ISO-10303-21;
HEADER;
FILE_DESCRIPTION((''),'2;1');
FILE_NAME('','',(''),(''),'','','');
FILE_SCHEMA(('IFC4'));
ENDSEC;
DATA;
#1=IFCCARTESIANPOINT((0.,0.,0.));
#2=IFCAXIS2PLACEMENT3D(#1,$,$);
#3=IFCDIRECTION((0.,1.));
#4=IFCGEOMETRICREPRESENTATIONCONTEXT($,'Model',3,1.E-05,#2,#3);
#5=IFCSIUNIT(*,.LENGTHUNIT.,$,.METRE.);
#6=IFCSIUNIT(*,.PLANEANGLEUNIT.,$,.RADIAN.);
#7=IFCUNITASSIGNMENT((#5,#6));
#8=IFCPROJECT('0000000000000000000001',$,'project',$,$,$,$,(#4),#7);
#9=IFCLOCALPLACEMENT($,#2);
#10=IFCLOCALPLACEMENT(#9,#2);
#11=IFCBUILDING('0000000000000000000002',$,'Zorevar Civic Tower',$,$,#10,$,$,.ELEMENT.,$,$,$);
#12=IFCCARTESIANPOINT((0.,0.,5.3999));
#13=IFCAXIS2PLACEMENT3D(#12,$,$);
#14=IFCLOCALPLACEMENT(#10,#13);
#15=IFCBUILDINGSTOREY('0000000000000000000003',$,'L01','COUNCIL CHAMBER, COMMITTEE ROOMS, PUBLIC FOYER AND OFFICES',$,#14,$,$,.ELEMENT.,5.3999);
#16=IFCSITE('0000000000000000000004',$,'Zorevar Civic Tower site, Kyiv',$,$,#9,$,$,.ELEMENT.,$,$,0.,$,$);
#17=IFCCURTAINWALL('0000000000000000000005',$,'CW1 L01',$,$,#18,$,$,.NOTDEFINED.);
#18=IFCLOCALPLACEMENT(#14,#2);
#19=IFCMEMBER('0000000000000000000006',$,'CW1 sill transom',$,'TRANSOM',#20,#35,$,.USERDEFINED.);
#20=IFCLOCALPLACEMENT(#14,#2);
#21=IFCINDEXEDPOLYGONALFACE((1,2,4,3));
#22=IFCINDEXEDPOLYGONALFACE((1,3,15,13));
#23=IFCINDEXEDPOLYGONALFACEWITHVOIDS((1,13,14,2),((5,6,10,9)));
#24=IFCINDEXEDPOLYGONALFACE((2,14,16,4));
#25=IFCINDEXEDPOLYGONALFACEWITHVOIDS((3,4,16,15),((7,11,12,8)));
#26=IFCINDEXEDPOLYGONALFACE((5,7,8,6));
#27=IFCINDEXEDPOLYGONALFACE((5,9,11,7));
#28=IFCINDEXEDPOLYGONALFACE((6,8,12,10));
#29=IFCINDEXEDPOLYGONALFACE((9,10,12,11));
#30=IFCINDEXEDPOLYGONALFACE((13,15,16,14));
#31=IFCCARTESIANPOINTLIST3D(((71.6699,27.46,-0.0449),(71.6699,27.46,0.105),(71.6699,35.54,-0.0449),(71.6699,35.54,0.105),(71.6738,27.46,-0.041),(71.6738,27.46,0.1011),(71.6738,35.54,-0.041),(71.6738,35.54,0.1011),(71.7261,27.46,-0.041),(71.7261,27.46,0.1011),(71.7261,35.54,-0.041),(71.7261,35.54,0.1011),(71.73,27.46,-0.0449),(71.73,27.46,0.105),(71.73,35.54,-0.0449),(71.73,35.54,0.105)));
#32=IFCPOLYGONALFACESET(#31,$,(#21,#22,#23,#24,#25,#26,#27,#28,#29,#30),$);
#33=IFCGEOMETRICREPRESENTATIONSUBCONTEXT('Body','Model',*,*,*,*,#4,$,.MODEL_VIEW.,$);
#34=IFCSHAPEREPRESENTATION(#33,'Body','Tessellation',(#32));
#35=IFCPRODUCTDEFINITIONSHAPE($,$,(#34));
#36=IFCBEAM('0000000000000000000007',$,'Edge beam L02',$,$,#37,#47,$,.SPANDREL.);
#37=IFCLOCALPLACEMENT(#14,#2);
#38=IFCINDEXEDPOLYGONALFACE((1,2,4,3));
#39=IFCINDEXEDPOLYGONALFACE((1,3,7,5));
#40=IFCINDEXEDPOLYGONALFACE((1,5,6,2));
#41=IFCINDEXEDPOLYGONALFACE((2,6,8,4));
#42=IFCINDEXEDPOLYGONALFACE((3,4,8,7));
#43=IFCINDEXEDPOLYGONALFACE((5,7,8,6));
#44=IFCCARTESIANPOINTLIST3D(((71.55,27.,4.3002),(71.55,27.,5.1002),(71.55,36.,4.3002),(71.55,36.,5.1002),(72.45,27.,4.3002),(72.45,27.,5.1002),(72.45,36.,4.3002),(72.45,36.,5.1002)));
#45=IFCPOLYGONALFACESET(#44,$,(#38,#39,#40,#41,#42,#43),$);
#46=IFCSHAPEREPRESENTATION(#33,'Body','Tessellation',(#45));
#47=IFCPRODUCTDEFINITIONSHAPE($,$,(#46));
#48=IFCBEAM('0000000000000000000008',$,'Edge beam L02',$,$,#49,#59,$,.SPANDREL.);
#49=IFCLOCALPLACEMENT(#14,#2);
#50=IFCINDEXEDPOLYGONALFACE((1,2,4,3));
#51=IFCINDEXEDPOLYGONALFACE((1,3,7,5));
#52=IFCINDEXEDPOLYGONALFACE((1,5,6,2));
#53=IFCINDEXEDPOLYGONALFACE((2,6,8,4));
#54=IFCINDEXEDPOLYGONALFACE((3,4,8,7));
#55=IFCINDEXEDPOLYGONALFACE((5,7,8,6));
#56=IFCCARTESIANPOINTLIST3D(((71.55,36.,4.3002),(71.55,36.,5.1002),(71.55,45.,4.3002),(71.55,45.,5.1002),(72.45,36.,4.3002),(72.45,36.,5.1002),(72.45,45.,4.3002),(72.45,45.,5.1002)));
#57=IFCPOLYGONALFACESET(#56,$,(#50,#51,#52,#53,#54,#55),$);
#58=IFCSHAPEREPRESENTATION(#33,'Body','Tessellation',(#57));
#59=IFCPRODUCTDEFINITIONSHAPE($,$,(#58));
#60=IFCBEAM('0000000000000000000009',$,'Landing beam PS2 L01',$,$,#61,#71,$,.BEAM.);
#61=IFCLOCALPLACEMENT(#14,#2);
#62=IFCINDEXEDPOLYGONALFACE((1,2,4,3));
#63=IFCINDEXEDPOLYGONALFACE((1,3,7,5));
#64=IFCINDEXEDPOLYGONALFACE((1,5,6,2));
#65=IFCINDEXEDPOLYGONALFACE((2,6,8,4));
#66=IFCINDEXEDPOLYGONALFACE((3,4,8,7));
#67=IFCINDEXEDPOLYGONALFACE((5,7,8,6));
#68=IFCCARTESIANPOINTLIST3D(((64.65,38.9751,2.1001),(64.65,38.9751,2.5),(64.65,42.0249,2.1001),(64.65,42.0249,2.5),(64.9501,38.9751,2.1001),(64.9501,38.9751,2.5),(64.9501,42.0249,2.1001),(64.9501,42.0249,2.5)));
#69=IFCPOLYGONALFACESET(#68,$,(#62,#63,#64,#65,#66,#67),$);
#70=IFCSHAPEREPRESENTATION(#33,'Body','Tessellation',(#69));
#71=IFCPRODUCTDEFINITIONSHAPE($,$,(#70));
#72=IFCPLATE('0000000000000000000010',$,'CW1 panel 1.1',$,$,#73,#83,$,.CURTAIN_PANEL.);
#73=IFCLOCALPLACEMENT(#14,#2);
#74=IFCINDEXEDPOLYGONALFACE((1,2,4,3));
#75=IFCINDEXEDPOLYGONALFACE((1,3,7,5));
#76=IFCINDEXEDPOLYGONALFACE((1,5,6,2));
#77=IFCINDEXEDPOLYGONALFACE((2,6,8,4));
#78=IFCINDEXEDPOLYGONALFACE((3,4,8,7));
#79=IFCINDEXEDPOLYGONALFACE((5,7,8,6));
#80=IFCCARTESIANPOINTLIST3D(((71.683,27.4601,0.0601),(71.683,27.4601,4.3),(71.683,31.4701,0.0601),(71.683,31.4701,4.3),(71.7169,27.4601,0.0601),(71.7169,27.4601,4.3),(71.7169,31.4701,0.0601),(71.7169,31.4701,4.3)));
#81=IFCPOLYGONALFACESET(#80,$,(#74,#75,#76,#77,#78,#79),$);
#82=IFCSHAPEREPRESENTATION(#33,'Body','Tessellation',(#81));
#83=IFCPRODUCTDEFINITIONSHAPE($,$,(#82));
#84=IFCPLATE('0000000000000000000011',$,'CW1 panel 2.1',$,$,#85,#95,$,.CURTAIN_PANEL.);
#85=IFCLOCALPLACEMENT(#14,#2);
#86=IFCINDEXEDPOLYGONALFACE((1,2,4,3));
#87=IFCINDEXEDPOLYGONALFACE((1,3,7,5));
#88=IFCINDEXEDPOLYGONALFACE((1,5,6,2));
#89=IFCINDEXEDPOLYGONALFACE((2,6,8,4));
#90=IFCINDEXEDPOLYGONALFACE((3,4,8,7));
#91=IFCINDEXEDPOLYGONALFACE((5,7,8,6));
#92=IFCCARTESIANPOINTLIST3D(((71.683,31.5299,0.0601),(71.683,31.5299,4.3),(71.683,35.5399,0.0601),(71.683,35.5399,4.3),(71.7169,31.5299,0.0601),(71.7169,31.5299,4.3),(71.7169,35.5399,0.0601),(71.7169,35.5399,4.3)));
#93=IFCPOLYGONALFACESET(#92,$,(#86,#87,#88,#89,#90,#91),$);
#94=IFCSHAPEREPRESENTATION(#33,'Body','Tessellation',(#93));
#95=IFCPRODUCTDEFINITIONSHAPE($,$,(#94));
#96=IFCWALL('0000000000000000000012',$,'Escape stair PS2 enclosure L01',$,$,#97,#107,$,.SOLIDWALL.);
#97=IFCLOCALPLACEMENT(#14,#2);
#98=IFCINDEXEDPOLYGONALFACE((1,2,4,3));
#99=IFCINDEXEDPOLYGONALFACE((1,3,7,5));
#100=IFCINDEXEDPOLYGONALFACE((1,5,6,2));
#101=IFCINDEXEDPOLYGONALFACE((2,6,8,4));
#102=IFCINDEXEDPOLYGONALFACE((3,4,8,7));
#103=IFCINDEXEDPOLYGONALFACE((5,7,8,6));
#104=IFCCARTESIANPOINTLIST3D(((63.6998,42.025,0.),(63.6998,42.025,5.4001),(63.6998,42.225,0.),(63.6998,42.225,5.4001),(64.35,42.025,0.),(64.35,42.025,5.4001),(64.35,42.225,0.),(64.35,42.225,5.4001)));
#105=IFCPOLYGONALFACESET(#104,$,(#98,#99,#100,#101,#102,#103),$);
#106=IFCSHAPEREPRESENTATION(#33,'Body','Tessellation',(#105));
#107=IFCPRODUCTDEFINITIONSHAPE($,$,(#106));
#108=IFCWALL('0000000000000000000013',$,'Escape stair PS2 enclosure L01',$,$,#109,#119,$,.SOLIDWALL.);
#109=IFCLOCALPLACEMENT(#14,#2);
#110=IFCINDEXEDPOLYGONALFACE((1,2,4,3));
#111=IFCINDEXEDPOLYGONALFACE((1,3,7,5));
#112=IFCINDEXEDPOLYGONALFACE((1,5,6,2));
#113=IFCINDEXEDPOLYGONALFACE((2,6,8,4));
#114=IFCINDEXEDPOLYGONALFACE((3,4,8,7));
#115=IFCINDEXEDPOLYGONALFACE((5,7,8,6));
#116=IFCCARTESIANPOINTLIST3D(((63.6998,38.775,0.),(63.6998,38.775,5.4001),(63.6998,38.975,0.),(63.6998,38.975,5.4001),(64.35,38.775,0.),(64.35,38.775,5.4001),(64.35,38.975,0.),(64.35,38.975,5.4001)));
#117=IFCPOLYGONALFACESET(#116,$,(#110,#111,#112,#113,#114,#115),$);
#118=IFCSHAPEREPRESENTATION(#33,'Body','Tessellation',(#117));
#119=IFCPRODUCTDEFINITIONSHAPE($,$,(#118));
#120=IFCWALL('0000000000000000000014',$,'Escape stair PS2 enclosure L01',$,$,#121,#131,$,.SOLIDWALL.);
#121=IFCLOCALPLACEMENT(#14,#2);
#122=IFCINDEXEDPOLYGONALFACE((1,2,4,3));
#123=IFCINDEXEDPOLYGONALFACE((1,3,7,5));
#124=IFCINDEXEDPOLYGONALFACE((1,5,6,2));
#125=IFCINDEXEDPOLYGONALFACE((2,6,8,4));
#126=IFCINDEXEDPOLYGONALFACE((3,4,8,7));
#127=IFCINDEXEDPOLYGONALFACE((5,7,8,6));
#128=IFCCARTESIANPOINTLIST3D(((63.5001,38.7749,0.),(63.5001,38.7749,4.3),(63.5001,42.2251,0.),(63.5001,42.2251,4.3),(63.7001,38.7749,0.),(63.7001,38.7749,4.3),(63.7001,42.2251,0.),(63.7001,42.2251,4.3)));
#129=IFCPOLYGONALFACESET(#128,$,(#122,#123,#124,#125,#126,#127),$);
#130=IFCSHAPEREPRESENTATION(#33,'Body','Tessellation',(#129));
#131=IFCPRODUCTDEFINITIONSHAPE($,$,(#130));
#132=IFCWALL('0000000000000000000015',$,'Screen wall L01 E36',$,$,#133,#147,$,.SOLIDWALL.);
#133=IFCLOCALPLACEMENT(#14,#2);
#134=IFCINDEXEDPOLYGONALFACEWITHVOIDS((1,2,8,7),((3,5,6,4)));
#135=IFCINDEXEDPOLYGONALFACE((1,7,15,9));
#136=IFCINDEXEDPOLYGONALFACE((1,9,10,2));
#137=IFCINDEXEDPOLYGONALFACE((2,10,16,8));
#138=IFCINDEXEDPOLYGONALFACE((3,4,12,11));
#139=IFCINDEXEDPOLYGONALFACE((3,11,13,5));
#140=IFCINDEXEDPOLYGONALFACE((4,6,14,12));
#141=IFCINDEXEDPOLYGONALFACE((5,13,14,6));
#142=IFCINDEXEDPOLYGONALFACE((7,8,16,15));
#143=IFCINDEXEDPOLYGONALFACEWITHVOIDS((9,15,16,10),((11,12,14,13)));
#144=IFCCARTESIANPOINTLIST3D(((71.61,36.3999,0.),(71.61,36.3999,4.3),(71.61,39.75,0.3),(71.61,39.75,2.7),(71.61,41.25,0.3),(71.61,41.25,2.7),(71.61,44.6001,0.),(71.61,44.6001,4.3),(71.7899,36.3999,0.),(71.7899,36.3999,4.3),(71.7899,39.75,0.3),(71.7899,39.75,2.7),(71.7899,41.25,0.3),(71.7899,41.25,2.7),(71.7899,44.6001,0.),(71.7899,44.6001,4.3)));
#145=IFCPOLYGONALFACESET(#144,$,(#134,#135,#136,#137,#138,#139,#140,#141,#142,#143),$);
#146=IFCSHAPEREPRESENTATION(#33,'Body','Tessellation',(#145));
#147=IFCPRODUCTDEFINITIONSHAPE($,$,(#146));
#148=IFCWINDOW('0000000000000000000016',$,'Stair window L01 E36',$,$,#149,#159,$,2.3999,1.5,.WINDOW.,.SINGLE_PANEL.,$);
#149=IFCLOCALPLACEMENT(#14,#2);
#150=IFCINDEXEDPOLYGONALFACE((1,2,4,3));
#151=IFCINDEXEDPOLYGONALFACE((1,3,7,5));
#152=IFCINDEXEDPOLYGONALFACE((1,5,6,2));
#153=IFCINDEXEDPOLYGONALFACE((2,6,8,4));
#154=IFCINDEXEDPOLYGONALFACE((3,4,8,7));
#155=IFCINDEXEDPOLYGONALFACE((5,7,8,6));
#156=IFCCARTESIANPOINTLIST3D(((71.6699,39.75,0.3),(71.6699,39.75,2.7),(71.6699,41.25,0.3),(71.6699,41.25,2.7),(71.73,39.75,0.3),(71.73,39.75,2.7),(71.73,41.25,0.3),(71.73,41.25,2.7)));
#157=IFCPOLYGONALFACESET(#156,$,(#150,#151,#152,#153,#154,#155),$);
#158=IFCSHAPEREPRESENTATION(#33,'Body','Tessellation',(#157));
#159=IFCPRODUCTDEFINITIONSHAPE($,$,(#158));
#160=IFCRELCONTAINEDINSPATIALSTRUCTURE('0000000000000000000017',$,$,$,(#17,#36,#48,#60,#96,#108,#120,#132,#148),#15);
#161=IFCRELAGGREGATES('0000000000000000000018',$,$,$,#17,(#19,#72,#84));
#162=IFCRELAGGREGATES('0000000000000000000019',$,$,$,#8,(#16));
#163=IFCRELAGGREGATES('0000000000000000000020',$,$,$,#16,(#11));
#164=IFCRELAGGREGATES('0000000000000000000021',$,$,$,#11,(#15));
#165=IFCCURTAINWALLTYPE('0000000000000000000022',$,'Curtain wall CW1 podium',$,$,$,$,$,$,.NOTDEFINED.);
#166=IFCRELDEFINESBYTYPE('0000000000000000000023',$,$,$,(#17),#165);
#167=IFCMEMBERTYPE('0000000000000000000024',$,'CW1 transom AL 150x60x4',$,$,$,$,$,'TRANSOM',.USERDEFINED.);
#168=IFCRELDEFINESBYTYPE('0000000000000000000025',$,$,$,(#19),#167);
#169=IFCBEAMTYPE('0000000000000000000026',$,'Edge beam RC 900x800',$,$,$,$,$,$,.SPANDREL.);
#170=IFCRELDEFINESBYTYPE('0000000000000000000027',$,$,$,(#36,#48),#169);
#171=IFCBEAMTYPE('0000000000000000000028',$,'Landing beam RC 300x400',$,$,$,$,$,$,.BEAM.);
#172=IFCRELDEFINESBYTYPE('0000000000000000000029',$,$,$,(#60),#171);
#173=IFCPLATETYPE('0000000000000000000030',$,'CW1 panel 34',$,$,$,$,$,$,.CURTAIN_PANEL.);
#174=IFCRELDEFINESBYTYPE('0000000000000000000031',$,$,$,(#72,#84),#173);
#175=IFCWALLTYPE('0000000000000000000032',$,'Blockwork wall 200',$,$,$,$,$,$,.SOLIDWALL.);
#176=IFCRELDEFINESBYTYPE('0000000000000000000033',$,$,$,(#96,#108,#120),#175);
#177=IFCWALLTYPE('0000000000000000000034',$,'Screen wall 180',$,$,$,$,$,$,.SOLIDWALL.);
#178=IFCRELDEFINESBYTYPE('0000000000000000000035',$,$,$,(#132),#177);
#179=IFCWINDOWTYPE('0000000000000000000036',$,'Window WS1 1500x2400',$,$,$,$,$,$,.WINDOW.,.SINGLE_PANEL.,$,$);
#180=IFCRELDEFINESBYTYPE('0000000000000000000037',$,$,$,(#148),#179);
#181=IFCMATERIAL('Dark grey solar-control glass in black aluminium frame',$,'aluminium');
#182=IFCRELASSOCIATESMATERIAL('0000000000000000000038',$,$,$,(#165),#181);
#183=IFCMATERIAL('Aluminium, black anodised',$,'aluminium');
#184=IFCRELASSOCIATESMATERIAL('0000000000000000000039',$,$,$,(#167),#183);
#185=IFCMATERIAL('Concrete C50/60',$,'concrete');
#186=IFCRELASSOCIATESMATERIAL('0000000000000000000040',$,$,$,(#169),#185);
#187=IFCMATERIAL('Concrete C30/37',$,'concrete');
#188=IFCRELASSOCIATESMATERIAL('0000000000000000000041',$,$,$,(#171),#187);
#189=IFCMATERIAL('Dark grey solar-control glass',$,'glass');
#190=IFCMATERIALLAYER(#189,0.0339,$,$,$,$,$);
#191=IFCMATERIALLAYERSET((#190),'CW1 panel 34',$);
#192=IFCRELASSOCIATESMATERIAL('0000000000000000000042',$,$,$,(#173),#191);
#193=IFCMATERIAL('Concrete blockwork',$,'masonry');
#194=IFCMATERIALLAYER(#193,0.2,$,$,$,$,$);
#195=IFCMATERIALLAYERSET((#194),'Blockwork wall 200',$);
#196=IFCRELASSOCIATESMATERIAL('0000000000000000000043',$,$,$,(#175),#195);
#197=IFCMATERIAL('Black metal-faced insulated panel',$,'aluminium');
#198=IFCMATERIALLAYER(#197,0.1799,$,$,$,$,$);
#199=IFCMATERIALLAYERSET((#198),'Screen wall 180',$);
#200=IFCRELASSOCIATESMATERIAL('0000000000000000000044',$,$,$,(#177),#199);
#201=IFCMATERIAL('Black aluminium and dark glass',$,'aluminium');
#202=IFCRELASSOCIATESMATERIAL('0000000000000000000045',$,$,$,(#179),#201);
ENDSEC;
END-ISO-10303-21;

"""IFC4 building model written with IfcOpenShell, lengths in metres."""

from ifc_helpers import new_model, si_unit, direction, frame, frame_2d, origin, origin_2d, place, context, subcontext, project, spatial, rectangle, hollow_rectangle, extrude, material, layer, layer_set, material_profile, profile_set, type_object, element, fill, aggregate, save


model = new_model("IFC4")

# Units and contexts
model_context = context("Model", 3, precision=1e-05, world=origin(), true_north=direction((0.0, 1.0)))
body_context = subcontext(model_context, "Body", "Model", "MODEL_VIEW")
ifc_project = project(units=[si_unit("LENGTHUNIT", "METRE"), si_unit("PLANEANGLEUNIT", "RADIAN")], contexts=[model_context])

# Site, building, storey
site_placement = place(None, origin())
site = spatial("IfcSite", under=ifc_project, at=site_placement, Name="Zorevar Civic Tower site, Kyiv", CompositionType="ELEMENT", RefElevation=0.0)
building_placement = place(site_placement, origin())
building = spatial("IfcBuilding", under=site, at=building_placement, Name="Zorevar Civic Tower", CompositionType="ELEMENT")
storey_placement = place(building_placement, frame((0.0, 0.0, 5.3999)))
storey = spatial("IfcBuildingStorey", under=building, at=storey_placement, Name="L01", Description="COUNCIL CHAMBER, COMMITTEE ROOMS, PUBLIC FOYER AND OFFICES", CompositionType="ELEMENT", Elevation=5.3999)

# Curtain wall, member
ifc_material_1 = material(Name="Dark grey solar-control glass in black aluminium frame", Category="aluminium")
curtain_wall_type = type_object("IfcCurtainWallType", Name="Curtain wall CW1 podium", PredefinedType="NOTDEFINED", material=ifc_material_1)
curtain_wall_placement = place(storey_placement, origin())
curtain_wall = element("IfcCurtainWall", 1, at=curtain_wall_placement, inside=storey, type_object=curtain_wall_type, Name="CW1 L01", PredefinedType="NOTDEFINED")
ifc_material_2 = material(Name="Aluminium, black anodised", Category="aluminium")
ifc_material_profile_1 = material_profile(ifc_material_2, hollow_rectangle(XDim=0.0601, YDim=0.1499, WallThickness=0.0039, at=origin_2d()), Name="AL 150x60x4")
ifc_profile_set_1 = profile_set([ifc_material_profile_1], Name="Aluminium, black anodised")
member_type_1 = type_object("IfcMemberType", Name="CW1 transom AL 150x60x4", ElementType="TRANSOM", PredefinedType="USERDEFINED", material=ifc_profile_set_1)
member_1_placement = place(storey_placement, frame((71.7, 27.46, 0.03), z_axis=(0.0, 1.0, 0.0), x_axis=(-1.0, 0.0, 0.0)))
member_1 = element("IfcMember", 2, at=member_1_placement, type_object=member_type_1, Name="CW1 sill transom", ObjectType="TRANSOM", PredefinedType="USERDEFINED", context=body_context, shape_type="SweptSolid", body=[
    extrude(hollow_rectangle(XDim=0.0601, YDim=0.1499, WallThickness=0.0039, at=origin_2d()), origin(), (0.0, 0.0, 1.0), 8.0801),
])

# Beams
ifc_material_3 = material(Name="Concrete C50/60", Category="concrete")
ifc_material_profile_2 = material_profile(ifc_material_3, rectangle(XDim=0.8999, YDim=0.8, at=origin_2d()), Name="RC 900x800")
ifc_profile_set_2 = profile_set([ifc_material_profile_2], Name="Concrete C50/60")
beam_type_1 = type_object("IfcBeamType", Name="Edge beam RC 900x800", PredefinedType="SPANDREL", material=ifc_profile_set_2)
for number, where, z_axis, x_axis, name in (
    (3, (72.0, 27.0, 4.7002), (0.0, 1.0, 0.0), (-1.0, 0.0, 0.0), "Edge beam L02"),
    (4, (72.0, 36.0, 4.7002), (0.0, 1.0, 0.0), (-1.0, 0.0, 0.0), "Edge beam L02"),
):
    element("IfcBeam", number, at=place(storey_placement, frame(where, z_axis=z_axis, x_axis=x_axis)), inside=storey, type_object=beam_type_1, Name=name, PredefinedType="SPANDREL", context=body_context, shape_type="SweptSolid", body=[
        extrude(rectangle(XDim=0.8999, YDim=0.8, at=origin_2d()), origin(), (0.0, 0.0, 1.0), 9.0),
    ])
ifc_material_4 = material(Name="Concrete C30/37", Category="concrete")
ifc_material_profile_3 = material_profile(ifc_material_4, rectangle(XDim=0.3, YDim=0.3999, at=origin_2d()), Name="RC 300x400")
ifc_profile_set_3 = profile_set([ifc_material_profile_3], Name="Concrete C30/37")
beam_type_2 = type_object("IfcBeamType", Name="Landing beam RC 300x400", PredefinedType="BEAM", material=ifc_profile_set_3)
beam_1_placement = place(storey_placement, frame((64.8, 42.0249, 2.3), z_axis=(0.0, -1.0, 0.0), x_axis=(1.0, 0.0, 0.0)))
element("IfcBeam", 5, at=beam_1_placement, inside=storey, type_object=beam_type_2, Name="Landing beam PS2 L01", PredefinedType="BEAM", context=body_context, shape_type="SweptSolid", body=[
    extrude(rectangle(XDim=0.3, YDim=0.3999, at=origin_2d()), origin(), (0.0, 0.0, 1.0), 3.0498),
])

# Plates
ifc_material_5 = material(Name="Dark grey solar-control glass", Category="glass")
ifc_layer_1 = layer(ifc_material_5, 0.0339)
ifc_layer_set_1 = layer_set([ifc_layer_1], Name="CW1 panel 34")
plate_type = type_object("IfcPlateType", Name="CW1 panel 34", PredefinedType="CURTAIN_PANEL", material=ifc_layer_set_1)
plate_1_placement = place(storey_placement, frame((71.7, 29.4651, 0.0601), z_axis=(0.0, 0.0, 1.0), x_axis=(0.0, 1.0, 0.0)))
plate_1 = element("IfcPlate", 6, at=plate_1_placement, type_object=plate_type, Name="CW1 panel 1.1", PredefinedType="CURTAIN_PANEL", context=body_context, shape_type="SweptSolid", body=[
    extrude(rectangle(XDim=4.01, YDim=0.0339, at=origin_2d()), origin(), (0.0, 0.0, 1.0), 4.24),
])
plate_2_placement = place(storey_placement, frame((71.7, 33.5349, 0.0601), z_axis=(0.0, 0.0, 1.0), x_axis=(0.0, 1.0, 0.0)))
plate_2 = element("IfcPlate", 7, at=plate_2_placement, type_object=plate_type, Name="CW1 panel 2.1", PredefinedType="CURTAIN_PANEL", context=body_context, shape_type="SweptSolid", body=[
    extrude(rectangle(XDim=4.01, YDim=0.0339, at=origin_2d()), origin(), (0.0, 0.0, 1.0), 4.24),
])
aggregate(curtain_wall, [member_1, plate_1, plate_2])

# Walls
ifc_material_6 = material(Name="Concrete blockwork", Category="masonry")
ifc_layer_2 = layer(ifc_material_6, 0.2)
ifc_layer_set_2 = layer_set([ifc_layer_2], Name="Blockwork wall 200")
wall_type_1 = type_object("IfcWallType", Name="Blockwork wall 200", PredefinedType="SOLIDWALL", material=ifc_layer_set_2)
for number, where, z_axis, x_axis, name in (
    (8, (64.3501, 42.125, 0.0), (0.0, 0.0, 1.0), (-1.0, 0.0, 0.0), "Escape stair PS2 enclosure L01"),
    (9, (64.3501, 38.875, 0.0), (0.0, 0.0, 1.0), (-1.0, 0.0, 0.0), "Escape stair PS2 enclosure L01"),
):
    element("IfcWall", number, at=place(storey_placement, frame(where, z_axis=z_axis, x_axis=x_axis)), inside=storey, type_object=wall_type_1, Name=name, PredefinedType="SOLIDWALL", context=body_context, shape_type="SweptSolid", body=[
        extrude(rectangle(XDim=0.6501, YDim=0.2, at=frame_2d((0.3252, 0.0))), origin(), (0.0, 0.0, 1.0), 5.4001),
    ])
wall_1_placement = place(storey_placement, frame((63.6001, 42.2251, 0.0), z_axis=(0.0, 0.0, 1.0), x_axis=(0.0, -1.0, 0.0)))
element("IfcWall", 10, at=wall_1_placement, inside=storey, type_object=wall_type_1, Name="Escape stair PS2 enclosure L01", PredefinedType="SOLIDWALL", context=body_context, shape_type="SweptSolid", body=[
    extrude(rectangle(XDim=3.4502, YDim=0.2, at=frame_2d((1.7251, 0.0))), origin(), (0.0, 0.0, 1.0), 4.3),
])

# Wall, opening, window
ifc_material_7 = material(Name="Black metal-faced insulated panel", Category="aluminium")
ifc_layer_3 = layer(ifc_material_7, 0.1799)
ifc_layer_set_3 = layer_set([ifc_layer_3], Name="Screen wall 180")
wall_type_2 = type_object("IfcWallType", Name="Screen wall 180", PredefinedType="SOLIDWALL", material=ifc_layer_set_3)
wall_2_placement = place(storey_placement, frame((71.7, 36.3999, 0.0), z_axis=(0.0, 0.0, 1.0), x_axis=(0.0, 1.0, 0.0)))
wall_2 = element("IfcWall", 11, at=wall_2_placement, inside=storey, type_object=wall_type_2, Name="Screen wall L01 E36", PredefinedType="SOLIDWALL", context=body_context, shape_type="SweptSolid", body=[
    extrude(rectangle(XDim=8.2002, YDim=0.1799, at=frame_2d((4.1001, 0.0))), origin(), (0.0, 0.0, 1.0), 4.3),
])
opening_1_placement = place(wall_2_placement, frame((3.3501, 0.0, 0.3)))
opening_1 = element("IfcOpeningElement", 12, at=opening_1_placement, cuts=wall_2, PredefinedType="OPENING", context=body_context, shape_type="SweptSolid", body=[
    extrude(rectangle(XDim=1.5, YDim=2.3999, at=frame_2d((0.75, 1.2))), frame((0.0, 0.0999, 0.0), z_axis=(0.0, -1.0, 0.0), x_axis=(1.0, 0.0, 0.0)), (0.0, 0.0, 1.0), 0.2),
])
ifc_material_8 = material(Name="Black aluminium and dark glass", Category="aluminium")
window_type = type_object("IfcWindowType", Name="Window WS1 1500x2400", PartitioningType="SINGLE_PANEL", PredefinedType="WINDOW", material=ifc_material_8)
window_placement = place(opening_1_placement, origin())
window = element("IfcWindow", 13, at=window_placement, inside=storey, type_object=window_type, Name="Stair window L01 E36", OverallHeight=2.3999, OverallWidth=1.5, PartitioningType="SINGLE_PANEL", PredefinedType="WINDOW", context=body_context, shape_type="SweptSolid", body=[
    extrude(rectangle(XDim=1.5, YDim=2.3999, at=frame_2d((0.75, 1.2))), frame((0.0, 0.03, 0.0), z_axis=(0.0, -1.0, 0.0), x_axis=(1.0, 0.0, 0.0)), (0.0, 0.0, 1.0), 0.0601),
])
fill(opening_1, window)

save(model, "model.ifc")
